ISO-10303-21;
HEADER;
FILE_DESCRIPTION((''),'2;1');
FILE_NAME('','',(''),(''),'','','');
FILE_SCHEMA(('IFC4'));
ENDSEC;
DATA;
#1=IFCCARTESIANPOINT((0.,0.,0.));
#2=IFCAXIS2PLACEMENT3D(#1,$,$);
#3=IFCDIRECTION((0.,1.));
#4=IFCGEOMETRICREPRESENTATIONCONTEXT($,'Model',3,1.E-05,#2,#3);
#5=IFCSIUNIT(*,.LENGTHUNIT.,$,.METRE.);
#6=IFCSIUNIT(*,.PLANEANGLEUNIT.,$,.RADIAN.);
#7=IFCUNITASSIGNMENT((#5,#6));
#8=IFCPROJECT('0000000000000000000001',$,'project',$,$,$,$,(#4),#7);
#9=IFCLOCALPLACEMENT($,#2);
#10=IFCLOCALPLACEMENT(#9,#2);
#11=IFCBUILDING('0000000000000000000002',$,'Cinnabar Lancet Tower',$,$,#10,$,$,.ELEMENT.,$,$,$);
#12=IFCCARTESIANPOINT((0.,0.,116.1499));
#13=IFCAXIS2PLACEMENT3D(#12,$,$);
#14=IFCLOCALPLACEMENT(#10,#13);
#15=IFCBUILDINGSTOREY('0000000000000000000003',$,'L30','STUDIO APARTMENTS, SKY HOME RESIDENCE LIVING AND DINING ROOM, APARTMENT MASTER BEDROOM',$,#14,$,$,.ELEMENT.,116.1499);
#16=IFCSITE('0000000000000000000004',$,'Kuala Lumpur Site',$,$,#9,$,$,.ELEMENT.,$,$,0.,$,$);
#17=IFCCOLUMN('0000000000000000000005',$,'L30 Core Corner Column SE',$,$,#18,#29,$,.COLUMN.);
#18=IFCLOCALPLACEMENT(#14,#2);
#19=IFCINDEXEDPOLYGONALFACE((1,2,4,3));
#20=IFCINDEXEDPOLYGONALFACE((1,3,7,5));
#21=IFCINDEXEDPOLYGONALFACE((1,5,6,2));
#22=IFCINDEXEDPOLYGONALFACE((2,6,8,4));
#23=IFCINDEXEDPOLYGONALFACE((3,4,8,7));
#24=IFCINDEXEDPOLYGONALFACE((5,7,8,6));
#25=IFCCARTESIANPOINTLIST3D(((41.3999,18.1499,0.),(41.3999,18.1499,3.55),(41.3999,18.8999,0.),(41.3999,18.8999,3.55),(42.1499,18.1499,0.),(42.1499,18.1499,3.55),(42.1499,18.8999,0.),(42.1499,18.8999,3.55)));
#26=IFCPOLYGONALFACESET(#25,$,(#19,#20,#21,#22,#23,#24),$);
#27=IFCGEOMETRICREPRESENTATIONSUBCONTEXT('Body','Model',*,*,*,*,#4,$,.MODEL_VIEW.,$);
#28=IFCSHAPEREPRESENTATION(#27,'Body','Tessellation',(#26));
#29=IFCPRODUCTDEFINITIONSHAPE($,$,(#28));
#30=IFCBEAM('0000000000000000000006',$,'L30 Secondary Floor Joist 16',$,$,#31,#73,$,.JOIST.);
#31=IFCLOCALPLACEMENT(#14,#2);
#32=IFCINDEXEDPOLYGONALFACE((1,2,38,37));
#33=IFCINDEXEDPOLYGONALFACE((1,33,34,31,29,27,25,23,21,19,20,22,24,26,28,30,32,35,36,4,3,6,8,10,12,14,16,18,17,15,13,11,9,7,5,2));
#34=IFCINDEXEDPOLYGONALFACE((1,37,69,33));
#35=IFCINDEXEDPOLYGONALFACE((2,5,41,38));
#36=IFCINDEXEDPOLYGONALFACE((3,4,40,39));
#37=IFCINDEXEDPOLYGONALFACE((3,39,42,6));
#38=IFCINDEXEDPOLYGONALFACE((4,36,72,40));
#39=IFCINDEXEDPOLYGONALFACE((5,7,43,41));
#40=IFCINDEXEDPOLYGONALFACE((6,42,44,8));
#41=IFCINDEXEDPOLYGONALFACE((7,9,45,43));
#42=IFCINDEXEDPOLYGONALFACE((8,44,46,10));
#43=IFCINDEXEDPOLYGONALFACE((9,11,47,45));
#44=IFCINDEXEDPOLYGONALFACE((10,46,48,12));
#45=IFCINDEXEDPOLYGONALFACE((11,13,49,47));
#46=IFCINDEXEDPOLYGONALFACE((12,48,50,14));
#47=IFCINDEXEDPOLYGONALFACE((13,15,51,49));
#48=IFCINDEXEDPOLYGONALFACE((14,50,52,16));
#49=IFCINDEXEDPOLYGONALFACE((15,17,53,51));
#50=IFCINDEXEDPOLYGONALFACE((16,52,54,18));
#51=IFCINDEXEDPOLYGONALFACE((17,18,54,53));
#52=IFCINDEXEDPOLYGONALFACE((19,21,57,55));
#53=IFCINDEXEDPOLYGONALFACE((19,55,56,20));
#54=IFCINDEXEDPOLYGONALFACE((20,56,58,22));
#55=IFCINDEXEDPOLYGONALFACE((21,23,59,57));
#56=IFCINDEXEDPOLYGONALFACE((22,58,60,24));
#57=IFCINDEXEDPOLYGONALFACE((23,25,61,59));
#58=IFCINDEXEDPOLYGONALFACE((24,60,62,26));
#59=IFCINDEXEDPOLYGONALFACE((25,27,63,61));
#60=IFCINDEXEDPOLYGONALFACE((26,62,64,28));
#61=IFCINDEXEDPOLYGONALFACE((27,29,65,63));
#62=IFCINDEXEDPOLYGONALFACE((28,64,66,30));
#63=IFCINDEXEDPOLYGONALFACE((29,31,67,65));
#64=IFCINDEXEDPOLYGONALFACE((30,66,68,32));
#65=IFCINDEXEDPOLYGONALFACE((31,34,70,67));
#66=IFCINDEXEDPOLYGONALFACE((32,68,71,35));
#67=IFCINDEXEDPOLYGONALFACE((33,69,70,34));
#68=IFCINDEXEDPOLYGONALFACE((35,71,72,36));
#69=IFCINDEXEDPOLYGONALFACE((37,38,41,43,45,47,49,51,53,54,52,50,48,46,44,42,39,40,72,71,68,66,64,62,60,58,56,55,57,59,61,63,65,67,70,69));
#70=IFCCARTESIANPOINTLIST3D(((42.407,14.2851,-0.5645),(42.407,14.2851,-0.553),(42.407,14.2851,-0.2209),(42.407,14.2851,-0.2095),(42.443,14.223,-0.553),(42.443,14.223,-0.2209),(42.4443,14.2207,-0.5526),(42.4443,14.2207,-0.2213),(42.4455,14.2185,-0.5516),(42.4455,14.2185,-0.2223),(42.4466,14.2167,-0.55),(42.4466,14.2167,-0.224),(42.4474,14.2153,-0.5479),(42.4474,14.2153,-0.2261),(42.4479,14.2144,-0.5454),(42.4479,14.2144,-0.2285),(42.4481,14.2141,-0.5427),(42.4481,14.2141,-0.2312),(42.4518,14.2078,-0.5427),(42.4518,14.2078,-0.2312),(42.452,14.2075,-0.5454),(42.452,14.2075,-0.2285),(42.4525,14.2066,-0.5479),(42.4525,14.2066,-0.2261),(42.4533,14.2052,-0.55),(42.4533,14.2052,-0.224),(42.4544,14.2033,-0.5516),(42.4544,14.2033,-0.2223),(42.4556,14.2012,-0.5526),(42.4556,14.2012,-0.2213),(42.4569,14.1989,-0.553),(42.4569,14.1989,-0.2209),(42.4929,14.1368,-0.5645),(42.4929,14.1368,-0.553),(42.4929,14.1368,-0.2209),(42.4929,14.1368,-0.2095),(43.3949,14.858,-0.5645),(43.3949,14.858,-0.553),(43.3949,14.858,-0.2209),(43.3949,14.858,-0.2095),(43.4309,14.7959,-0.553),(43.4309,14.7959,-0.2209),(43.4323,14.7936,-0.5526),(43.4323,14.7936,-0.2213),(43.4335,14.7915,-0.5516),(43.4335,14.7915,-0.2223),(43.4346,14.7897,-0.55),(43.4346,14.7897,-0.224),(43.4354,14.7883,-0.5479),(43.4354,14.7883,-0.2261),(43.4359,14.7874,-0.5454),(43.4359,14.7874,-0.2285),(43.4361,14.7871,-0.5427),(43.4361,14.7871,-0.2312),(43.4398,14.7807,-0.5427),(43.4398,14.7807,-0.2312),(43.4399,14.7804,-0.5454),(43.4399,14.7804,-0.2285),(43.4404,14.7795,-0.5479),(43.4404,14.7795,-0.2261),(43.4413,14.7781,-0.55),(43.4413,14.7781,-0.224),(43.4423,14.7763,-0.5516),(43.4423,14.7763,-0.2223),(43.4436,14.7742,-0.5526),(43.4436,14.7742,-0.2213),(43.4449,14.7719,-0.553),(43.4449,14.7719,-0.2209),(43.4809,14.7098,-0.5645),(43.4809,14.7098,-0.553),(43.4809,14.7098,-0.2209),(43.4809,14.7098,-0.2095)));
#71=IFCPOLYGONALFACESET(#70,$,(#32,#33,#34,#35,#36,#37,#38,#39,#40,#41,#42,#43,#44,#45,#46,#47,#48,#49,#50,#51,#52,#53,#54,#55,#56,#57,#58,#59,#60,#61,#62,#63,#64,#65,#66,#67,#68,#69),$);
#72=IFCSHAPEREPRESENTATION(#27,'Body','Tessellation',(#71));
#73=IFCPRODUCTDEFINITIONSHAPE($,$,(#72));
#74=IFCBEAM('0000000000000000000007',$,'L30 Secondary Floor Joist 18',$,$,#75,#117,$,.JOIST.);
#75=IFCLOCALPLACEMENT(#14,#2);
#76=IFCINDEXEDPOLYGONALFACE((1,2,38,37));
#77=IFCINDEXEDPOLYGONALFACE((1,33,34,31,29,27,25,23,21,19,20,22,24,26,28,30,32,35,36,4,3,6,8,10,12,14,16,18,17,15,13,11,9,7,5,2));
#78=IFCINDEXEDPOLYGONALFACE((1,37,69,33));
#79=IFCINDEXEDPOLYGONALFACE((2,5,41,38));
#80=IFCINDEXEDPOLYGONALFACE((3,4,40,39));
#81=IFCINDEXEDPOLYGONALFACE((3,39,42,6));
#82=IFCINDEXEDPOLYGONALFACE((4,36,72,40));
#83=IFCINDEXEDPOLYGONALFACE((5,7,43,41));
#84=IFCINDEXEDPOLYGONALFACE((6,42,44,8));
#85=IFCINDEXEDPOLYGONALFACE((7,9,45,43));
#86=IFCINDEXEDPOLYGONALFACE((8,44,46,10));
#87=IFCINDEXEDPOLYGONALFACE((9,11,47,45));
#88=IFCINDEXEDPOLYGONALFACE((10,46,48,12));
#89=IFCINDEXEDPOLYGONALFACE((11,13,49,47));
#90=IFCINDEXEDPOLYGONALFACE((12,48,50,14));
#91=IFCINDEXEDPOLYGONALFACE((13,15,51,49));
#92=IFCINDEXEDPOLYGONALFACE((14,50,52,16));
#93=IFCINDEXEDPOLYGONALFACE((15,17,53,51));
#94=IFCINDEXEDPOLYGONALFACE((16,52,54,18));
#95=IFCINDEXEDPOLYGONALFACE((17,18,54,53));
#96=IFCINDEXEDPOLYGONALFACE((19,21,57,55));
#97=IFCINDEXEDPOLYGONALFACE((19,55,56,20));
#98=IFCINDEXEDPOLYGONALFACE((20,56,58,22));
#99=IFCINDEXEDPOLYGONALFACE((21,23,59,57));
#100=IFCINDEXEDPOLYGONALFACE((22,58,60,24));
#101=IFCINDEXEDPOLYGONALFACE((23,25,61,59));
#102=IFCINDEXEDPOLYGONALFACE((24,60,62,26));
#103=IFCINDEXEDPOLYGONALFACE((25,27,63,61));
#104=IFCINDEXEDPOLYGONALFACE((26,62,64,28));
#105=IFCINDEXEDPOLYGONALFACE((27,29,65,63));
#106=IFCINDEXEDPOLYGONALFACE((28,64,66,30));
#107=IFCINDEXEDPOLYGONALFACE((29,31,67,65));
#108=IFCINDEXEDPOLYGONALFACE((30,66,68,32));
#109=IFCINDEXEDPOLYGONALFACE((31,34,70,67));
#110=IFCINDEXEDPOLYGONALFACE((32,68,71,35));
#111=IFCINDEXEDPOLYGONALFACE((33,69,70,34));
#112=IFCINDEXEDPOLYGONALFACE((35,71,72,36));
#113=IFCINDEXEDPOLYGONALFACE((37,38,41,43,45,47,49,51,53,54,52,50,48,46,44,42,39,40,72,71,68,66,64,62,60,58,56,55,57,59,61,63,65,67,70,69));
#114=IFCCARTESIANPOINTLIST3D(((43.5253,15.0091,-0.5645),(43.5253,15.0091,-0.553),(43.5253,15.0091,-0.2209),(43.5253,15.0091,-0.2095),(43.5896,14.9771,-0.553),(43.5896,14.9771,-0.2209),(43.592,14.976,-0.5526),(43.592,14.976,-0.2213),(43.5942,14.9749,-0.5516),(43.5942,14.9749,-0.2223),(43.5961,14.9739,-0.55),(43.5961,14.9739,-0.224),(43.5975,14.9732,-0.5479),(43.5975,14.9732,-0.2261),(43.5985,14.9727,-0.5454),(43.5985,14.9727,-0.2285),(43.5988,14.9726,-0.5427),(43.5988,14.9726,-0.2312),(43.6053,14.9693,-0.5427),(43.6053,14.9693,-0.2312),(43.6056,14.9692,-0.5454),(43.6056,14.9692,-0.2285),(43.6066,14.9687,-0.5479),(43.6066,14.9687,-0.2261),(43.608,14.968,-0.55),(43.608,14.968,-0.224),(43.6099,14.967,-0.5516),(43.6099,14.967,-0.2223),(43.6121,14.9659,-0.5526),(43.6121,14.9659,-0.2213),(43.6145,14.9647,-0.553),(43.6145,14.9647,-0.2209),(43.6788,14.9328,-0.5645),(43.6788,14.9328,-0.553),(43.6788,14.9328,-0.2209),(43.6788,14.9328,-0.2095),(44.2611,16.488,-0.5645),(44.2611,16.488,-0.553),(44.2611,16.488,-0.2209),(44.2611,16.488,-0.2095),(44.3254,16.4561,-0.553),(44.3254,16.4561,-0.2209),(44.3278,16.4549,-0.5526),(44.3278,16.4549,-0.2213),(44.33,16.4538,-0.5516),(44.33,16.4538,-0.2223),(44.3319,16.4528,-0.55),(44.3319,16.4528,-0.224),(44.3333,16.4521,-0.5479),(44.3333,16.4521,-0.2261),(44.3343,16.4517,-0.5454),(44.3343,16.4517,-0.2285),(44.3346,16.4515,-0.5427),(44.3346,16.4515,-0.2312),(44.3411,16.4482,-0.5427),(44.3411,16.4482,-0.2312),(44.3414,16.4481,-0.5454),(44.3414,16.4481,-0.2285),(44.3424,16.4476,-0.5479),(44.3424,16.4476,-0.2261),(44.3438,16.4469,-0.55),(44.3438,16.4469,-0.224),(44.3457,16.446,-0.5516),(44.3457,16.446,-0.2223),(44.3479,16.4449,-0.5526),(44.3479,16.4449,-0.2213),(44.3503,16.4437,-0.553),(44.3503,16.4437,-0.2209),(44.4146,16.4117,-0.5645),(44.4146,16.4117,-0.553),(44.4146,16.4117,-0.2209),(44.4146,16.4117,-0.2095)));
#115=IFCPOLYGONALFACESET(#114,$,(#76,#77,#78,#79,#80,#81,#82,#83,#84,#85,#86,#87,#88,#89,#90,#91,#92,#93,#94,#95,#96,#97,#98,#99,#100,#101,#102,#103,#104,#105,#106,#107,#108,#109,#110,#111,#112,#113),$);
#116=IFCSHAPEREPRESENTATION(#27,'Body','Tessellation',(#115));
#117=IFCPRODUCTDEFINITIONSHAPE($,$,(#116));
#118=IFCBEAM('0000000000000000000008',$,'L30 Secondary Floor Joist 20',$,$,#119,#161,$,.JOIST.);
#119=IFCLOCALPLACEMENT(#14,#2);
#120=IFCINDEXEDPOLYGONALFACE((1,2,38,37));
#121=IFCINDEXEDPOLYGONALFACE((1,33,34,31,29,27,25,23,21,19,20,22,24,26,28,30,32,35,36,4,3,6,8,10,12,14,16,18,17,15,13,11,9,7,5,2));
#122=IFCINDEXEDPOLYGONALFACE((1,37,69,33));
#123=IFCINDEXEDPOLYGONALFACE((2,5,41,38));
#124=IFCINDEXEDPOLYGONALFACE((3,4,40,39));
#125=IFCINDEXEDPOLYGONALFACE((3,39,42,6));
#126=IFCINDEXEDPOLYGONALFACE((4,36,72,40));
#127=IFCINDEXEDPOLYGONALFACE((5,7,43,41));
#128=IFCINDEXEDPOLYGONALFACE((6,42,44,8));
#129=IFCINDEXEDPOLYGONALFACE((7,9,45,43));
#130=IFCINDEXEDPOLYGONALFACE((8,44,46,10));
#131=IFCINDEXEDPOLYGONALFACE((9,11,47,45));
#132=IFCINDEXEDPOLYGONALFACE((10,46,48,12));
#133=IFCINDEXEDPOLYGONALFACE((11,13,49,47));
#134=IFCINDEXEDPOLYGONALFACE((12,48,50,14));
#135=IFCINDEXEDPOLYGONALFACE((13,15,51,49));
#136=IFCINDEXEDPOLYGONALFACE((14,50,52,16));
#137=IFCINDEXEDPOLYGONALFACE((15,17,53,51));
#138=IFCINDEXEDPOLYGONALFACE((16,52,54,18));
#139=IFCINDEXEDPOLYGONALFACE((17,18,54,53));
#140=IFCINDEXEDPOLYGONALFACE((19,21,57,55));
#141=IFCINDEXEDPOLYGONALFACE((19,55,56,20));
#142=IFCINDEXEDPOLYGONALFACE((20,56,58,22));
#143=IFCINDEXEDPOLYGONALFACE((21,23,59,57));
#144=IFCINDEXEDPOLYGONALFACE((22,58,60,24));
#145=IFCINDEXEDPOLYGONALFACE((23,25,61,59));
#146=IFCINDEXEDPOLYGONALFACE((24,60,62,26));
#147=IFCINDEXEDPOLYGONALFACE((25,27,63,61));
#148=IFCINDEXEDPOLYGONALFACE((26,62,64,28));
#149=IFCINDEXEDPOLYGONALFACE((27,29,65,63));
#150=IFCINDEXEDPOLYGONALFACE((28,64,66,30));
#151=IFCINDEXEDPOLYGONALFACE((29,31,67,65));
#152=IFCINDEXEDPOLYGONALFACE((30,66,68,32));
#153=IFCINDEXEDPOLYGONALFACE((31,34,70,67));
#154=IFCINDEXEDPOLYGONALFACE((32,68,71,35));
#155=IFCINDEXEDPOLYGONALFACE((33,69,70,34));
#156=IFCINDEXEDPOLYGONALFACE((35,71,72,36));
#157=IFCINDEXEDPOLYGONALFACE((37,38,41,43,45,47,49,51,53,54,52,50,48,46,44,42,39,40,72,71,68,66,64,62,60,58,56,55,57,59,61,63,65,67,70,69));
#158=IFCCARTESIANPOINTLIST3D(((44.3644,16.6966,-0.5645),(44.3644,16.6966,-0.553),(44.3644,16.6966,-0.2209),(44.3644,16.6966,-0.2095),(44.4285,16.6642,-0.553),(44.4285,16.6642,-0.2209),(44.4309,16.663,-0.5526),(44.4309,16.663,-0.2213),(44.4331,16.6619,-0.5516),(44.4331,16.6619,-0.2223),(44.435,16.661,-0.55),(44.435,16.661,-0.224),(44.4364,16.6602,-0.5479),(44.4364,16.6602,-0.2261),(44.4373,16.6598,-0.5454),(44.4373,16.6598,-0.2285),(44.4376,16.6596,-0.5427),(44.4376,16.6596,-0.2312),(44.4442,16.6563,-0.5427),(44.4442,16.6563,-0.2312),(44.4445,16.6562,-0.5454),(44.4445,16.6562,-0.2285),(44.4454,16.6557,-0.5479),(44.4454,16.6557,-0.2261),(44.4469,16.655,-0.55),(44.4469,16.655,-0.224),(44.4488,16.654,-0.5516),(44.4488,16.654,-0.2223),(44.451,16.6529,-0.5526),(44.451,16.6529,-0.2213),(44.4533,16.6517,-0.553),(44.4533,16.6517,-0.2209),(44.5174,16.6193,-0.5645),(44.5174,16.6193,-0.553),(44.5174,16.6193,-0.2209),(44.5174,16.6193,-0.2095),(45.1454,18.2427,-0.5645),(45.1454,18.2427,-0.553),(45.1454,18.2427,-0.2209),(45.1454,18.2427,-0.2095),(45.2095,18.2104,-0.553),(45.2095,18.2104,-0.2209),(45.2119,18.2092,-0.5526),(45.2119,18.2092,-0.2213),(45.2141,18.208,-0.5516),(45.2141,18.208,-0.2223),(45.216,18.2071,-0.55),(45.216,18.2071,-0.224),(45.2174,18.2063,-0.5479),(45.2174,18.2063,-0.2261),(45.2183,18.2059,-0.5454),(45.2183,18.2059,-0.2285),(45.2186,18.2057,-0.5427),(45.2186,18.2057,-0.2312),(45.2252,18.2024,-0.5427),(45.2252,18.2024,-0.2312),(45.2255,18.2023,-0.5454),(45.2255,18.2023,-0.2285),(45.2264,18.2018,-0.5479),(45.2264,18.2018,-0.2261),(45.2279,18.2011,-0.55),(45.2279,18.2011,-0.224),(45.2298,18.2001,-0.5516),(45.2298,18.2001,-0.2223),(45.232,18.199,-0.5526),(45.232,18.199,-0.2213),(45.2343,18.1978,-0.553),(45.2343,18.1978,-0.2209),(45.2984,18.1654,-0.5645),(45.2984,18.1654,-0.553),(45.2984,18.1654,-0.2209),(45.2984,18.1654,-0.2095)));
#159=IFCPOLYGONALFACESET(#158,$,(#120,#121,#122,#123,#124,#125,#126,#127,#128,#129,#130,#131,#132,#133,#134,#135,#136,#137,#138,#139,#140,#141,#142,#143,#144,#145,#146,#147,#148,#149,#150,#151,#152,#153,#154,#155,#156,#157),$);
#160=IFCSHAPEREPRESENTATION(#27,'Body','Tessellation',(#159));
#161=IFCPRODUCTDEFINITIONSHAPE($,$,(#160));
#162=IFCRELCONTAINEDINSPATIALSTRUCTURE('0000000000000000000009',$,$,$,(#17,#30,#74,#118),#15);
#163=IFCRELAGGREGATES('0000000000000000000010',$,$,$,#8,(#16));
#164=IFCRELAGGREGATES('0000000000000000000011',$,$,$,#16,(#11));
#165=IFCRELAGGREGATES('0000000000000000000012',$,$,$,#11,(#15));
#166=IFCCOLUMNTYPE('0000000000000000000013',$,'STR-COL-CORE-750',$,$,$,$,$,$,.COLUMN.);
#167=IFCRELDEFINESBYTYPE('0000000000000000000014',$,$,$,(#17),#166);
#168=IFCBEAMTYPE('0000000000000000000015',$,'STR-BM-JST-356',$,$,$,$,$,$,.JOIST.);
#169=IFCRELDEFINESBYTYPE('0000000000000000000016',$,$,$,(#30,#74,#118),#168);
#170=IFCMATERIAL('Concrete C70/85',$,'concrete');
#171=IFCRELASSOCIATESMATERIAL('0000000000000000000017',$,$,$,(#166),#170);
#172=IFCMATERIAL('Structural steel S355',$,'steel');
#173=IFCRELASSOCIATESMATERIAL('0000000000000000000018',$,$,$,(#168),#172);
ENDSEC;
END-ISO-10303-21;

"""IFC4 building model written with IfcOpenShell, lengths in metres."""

from ifc_helpers import new_model, si_unit, direction, frame, origin, origin_2d, place, context, subcontext, project, spatial, rectangle, i_section, extrude, material, material_profile, profile_set, type_object, element, save


model = new_model("IFC4")

# Units and contexts
model_context = context("Model", 3, precision=1e-05, world=origin(), true_north=direction((0.0, 1.0)))
body_context = subcontext(model_context, "Body", "Model", "MODEL_VIEW")
ifc_project = project(units=[si_unit("LENGTHUNIT", "METRE"), si_unit("PLANEANGLEUNIT", "RADIAN")], contexts=[model_context])

# Site, building, storey
site_placement = place(None, origin())
site = spatial("IfcSite", under=ifc_project, at=site_placement, Name="Kuala Lumpur Site", CompositionType="ELEMENT", RefElevation=0.0)
building_placement = place(site_placement, origin())
building = spatial("IfcBuilding", under=site, at=building_placement, Name="Cinnabar Lancet Tower", CompositionType="ELEMENT")
storey_placement = place(building_placement, frame((0.0, 0.0, 116.1499)))
storey = spatial("IfcBuildingStorey", under=building, at=storey_placement, Name="L30", Description="STUDIO APARTMENTS, SKY HOME RESIDENCE LIVING AND DINING ROOM, APARTMENT MASTER BEDROOM", CompositionType="ELEMENT", Elevation=116.1499)

# Column
ifc_material_1 = material(Name="Concrete C70/85", Category="concrete")
ifc_material_profile_1 = material_profile(ifc_material_1, rectangle(XDim=0.75, YDim=0.75, at=origin_2d()), Name="RC-COL 750x750")
ifc_profile_set_1 = profile_set([ifc_material_profile_1], Name="Concrete C70/85")
column_type = type_object("IfcColumnType", Name="STR-COL-CORE-750", PredefinedType="COLUMN", material=ifc_profile_set_1)
column_placement = place(storey_placement, frame((41.7749, 18.5249, 0.0), z_axis=(0.0, 0.0, 1.0), x_axis=(1.0, 0.0, 0.0)))
element("IfcColumn", 1, at=column_placement, inside=storey, type_object=column_type, Name="L30 Core Corner Column SE", PredefinedType="COLUMN", context=body_context, shape_type="SweptSolid", body=[
    extrude(rectangle(XDim=0.75, YDim=0.75, at=origin_2d()), origin(), (0.0, 0.0, 1.0), 3.55),
])

# Beams
ifc_material_2 = material(Name="Structural steel S355", Category="steel")
ifc_material_profile_2 = material_profile(ifc_material_2, i_section(OverallWidth=0.1714, OverallDepth=0.355, WebThickness=0.0073, FlangeThickness=0.0115, FilletRadius=0.0103, at=origin_2d()), Name="UKB 356x171x51")
ifc_profile_set_2 = profile_set([ifc_material_profile_2], Name="Structural steel S355")
beam_type_1 = type_object("IfcBeamType", Name="STR-BM-JST-356", PredefinedType="JOIST", material=ifc_profile_set_2)
beam_1_placement = place(storey_placement, frame((42.45, 14.2109, -0.387), z_axis=(0.865055, 0.501677, 0.0), x_axis=(-0.501677, 0.865055, 0.0)))
element("IfcBeam", 2, at=beam_1_placement, inside=storey, type_object=beam_type_1, Name="L30 Secondary Floor Joist 16", PredefinedType="JOIST", context=body_context, shape_type="SweptSolid", body=[
    extrude(i_section(OverallWidth=0.1714, OverallDepth=0.355, WebThickness=0.0073, FlangeThickness=0.0115, FilletRadius=0.0103, at=origin_2d()), origin(), (0.0, 0.0, 1.0), 1.1421),
])
beam_2_placement = place(storey_placement, frame((43.6021, 14.9709, -0.387), z_axis=(0.445439, 0.895312, 0.0), x_axis=(-0.895312, 0.445439, 0.0)))
element("IfcBeam", 3, at=beam_2_placement, inside=storey, type_object=beam_type_1, Name="L30 Secondary Floor Joist 18", PredefinedType="JOIST", context=body_context, shape_type="SweptSolid", body=[
    extrude(i_section(OverallWidth=0.1714, OverallDepth=0.355, WebThickness=0.0073, FlangeThickness=0.0115, FilletRadius=0.0103, at=origin_2d()), origin(), (0.0, 0.0, 1.0), 1.6519),
])
beam_3_placement = place(storey_placement, frame((44.4409, 16.658, -0.387), z_axis=(0.450874, 0.892587, 0.0), x_axis=(-0.892587, 0.450874, 0.0)))
element("IfcBeam", 4, at=beam_3_placement, inside=storey, type_object=beam_type_1, Name="L30 Secondary Floor Joist 20", PredefinedType="JOIST", context=body_context, shape_type="SweptSolid", body=[
    extrude(i_section(OverallWidth=0.1714, OverallDepth=0.355, WebThickness=0.0073, FlangeThickness=0.0115, FilletRadius=0.0103, at=origin_2d()), origin(), (0.0, 0.0, 1.0), 1.7322),
])

save(model, "model.ifc")
